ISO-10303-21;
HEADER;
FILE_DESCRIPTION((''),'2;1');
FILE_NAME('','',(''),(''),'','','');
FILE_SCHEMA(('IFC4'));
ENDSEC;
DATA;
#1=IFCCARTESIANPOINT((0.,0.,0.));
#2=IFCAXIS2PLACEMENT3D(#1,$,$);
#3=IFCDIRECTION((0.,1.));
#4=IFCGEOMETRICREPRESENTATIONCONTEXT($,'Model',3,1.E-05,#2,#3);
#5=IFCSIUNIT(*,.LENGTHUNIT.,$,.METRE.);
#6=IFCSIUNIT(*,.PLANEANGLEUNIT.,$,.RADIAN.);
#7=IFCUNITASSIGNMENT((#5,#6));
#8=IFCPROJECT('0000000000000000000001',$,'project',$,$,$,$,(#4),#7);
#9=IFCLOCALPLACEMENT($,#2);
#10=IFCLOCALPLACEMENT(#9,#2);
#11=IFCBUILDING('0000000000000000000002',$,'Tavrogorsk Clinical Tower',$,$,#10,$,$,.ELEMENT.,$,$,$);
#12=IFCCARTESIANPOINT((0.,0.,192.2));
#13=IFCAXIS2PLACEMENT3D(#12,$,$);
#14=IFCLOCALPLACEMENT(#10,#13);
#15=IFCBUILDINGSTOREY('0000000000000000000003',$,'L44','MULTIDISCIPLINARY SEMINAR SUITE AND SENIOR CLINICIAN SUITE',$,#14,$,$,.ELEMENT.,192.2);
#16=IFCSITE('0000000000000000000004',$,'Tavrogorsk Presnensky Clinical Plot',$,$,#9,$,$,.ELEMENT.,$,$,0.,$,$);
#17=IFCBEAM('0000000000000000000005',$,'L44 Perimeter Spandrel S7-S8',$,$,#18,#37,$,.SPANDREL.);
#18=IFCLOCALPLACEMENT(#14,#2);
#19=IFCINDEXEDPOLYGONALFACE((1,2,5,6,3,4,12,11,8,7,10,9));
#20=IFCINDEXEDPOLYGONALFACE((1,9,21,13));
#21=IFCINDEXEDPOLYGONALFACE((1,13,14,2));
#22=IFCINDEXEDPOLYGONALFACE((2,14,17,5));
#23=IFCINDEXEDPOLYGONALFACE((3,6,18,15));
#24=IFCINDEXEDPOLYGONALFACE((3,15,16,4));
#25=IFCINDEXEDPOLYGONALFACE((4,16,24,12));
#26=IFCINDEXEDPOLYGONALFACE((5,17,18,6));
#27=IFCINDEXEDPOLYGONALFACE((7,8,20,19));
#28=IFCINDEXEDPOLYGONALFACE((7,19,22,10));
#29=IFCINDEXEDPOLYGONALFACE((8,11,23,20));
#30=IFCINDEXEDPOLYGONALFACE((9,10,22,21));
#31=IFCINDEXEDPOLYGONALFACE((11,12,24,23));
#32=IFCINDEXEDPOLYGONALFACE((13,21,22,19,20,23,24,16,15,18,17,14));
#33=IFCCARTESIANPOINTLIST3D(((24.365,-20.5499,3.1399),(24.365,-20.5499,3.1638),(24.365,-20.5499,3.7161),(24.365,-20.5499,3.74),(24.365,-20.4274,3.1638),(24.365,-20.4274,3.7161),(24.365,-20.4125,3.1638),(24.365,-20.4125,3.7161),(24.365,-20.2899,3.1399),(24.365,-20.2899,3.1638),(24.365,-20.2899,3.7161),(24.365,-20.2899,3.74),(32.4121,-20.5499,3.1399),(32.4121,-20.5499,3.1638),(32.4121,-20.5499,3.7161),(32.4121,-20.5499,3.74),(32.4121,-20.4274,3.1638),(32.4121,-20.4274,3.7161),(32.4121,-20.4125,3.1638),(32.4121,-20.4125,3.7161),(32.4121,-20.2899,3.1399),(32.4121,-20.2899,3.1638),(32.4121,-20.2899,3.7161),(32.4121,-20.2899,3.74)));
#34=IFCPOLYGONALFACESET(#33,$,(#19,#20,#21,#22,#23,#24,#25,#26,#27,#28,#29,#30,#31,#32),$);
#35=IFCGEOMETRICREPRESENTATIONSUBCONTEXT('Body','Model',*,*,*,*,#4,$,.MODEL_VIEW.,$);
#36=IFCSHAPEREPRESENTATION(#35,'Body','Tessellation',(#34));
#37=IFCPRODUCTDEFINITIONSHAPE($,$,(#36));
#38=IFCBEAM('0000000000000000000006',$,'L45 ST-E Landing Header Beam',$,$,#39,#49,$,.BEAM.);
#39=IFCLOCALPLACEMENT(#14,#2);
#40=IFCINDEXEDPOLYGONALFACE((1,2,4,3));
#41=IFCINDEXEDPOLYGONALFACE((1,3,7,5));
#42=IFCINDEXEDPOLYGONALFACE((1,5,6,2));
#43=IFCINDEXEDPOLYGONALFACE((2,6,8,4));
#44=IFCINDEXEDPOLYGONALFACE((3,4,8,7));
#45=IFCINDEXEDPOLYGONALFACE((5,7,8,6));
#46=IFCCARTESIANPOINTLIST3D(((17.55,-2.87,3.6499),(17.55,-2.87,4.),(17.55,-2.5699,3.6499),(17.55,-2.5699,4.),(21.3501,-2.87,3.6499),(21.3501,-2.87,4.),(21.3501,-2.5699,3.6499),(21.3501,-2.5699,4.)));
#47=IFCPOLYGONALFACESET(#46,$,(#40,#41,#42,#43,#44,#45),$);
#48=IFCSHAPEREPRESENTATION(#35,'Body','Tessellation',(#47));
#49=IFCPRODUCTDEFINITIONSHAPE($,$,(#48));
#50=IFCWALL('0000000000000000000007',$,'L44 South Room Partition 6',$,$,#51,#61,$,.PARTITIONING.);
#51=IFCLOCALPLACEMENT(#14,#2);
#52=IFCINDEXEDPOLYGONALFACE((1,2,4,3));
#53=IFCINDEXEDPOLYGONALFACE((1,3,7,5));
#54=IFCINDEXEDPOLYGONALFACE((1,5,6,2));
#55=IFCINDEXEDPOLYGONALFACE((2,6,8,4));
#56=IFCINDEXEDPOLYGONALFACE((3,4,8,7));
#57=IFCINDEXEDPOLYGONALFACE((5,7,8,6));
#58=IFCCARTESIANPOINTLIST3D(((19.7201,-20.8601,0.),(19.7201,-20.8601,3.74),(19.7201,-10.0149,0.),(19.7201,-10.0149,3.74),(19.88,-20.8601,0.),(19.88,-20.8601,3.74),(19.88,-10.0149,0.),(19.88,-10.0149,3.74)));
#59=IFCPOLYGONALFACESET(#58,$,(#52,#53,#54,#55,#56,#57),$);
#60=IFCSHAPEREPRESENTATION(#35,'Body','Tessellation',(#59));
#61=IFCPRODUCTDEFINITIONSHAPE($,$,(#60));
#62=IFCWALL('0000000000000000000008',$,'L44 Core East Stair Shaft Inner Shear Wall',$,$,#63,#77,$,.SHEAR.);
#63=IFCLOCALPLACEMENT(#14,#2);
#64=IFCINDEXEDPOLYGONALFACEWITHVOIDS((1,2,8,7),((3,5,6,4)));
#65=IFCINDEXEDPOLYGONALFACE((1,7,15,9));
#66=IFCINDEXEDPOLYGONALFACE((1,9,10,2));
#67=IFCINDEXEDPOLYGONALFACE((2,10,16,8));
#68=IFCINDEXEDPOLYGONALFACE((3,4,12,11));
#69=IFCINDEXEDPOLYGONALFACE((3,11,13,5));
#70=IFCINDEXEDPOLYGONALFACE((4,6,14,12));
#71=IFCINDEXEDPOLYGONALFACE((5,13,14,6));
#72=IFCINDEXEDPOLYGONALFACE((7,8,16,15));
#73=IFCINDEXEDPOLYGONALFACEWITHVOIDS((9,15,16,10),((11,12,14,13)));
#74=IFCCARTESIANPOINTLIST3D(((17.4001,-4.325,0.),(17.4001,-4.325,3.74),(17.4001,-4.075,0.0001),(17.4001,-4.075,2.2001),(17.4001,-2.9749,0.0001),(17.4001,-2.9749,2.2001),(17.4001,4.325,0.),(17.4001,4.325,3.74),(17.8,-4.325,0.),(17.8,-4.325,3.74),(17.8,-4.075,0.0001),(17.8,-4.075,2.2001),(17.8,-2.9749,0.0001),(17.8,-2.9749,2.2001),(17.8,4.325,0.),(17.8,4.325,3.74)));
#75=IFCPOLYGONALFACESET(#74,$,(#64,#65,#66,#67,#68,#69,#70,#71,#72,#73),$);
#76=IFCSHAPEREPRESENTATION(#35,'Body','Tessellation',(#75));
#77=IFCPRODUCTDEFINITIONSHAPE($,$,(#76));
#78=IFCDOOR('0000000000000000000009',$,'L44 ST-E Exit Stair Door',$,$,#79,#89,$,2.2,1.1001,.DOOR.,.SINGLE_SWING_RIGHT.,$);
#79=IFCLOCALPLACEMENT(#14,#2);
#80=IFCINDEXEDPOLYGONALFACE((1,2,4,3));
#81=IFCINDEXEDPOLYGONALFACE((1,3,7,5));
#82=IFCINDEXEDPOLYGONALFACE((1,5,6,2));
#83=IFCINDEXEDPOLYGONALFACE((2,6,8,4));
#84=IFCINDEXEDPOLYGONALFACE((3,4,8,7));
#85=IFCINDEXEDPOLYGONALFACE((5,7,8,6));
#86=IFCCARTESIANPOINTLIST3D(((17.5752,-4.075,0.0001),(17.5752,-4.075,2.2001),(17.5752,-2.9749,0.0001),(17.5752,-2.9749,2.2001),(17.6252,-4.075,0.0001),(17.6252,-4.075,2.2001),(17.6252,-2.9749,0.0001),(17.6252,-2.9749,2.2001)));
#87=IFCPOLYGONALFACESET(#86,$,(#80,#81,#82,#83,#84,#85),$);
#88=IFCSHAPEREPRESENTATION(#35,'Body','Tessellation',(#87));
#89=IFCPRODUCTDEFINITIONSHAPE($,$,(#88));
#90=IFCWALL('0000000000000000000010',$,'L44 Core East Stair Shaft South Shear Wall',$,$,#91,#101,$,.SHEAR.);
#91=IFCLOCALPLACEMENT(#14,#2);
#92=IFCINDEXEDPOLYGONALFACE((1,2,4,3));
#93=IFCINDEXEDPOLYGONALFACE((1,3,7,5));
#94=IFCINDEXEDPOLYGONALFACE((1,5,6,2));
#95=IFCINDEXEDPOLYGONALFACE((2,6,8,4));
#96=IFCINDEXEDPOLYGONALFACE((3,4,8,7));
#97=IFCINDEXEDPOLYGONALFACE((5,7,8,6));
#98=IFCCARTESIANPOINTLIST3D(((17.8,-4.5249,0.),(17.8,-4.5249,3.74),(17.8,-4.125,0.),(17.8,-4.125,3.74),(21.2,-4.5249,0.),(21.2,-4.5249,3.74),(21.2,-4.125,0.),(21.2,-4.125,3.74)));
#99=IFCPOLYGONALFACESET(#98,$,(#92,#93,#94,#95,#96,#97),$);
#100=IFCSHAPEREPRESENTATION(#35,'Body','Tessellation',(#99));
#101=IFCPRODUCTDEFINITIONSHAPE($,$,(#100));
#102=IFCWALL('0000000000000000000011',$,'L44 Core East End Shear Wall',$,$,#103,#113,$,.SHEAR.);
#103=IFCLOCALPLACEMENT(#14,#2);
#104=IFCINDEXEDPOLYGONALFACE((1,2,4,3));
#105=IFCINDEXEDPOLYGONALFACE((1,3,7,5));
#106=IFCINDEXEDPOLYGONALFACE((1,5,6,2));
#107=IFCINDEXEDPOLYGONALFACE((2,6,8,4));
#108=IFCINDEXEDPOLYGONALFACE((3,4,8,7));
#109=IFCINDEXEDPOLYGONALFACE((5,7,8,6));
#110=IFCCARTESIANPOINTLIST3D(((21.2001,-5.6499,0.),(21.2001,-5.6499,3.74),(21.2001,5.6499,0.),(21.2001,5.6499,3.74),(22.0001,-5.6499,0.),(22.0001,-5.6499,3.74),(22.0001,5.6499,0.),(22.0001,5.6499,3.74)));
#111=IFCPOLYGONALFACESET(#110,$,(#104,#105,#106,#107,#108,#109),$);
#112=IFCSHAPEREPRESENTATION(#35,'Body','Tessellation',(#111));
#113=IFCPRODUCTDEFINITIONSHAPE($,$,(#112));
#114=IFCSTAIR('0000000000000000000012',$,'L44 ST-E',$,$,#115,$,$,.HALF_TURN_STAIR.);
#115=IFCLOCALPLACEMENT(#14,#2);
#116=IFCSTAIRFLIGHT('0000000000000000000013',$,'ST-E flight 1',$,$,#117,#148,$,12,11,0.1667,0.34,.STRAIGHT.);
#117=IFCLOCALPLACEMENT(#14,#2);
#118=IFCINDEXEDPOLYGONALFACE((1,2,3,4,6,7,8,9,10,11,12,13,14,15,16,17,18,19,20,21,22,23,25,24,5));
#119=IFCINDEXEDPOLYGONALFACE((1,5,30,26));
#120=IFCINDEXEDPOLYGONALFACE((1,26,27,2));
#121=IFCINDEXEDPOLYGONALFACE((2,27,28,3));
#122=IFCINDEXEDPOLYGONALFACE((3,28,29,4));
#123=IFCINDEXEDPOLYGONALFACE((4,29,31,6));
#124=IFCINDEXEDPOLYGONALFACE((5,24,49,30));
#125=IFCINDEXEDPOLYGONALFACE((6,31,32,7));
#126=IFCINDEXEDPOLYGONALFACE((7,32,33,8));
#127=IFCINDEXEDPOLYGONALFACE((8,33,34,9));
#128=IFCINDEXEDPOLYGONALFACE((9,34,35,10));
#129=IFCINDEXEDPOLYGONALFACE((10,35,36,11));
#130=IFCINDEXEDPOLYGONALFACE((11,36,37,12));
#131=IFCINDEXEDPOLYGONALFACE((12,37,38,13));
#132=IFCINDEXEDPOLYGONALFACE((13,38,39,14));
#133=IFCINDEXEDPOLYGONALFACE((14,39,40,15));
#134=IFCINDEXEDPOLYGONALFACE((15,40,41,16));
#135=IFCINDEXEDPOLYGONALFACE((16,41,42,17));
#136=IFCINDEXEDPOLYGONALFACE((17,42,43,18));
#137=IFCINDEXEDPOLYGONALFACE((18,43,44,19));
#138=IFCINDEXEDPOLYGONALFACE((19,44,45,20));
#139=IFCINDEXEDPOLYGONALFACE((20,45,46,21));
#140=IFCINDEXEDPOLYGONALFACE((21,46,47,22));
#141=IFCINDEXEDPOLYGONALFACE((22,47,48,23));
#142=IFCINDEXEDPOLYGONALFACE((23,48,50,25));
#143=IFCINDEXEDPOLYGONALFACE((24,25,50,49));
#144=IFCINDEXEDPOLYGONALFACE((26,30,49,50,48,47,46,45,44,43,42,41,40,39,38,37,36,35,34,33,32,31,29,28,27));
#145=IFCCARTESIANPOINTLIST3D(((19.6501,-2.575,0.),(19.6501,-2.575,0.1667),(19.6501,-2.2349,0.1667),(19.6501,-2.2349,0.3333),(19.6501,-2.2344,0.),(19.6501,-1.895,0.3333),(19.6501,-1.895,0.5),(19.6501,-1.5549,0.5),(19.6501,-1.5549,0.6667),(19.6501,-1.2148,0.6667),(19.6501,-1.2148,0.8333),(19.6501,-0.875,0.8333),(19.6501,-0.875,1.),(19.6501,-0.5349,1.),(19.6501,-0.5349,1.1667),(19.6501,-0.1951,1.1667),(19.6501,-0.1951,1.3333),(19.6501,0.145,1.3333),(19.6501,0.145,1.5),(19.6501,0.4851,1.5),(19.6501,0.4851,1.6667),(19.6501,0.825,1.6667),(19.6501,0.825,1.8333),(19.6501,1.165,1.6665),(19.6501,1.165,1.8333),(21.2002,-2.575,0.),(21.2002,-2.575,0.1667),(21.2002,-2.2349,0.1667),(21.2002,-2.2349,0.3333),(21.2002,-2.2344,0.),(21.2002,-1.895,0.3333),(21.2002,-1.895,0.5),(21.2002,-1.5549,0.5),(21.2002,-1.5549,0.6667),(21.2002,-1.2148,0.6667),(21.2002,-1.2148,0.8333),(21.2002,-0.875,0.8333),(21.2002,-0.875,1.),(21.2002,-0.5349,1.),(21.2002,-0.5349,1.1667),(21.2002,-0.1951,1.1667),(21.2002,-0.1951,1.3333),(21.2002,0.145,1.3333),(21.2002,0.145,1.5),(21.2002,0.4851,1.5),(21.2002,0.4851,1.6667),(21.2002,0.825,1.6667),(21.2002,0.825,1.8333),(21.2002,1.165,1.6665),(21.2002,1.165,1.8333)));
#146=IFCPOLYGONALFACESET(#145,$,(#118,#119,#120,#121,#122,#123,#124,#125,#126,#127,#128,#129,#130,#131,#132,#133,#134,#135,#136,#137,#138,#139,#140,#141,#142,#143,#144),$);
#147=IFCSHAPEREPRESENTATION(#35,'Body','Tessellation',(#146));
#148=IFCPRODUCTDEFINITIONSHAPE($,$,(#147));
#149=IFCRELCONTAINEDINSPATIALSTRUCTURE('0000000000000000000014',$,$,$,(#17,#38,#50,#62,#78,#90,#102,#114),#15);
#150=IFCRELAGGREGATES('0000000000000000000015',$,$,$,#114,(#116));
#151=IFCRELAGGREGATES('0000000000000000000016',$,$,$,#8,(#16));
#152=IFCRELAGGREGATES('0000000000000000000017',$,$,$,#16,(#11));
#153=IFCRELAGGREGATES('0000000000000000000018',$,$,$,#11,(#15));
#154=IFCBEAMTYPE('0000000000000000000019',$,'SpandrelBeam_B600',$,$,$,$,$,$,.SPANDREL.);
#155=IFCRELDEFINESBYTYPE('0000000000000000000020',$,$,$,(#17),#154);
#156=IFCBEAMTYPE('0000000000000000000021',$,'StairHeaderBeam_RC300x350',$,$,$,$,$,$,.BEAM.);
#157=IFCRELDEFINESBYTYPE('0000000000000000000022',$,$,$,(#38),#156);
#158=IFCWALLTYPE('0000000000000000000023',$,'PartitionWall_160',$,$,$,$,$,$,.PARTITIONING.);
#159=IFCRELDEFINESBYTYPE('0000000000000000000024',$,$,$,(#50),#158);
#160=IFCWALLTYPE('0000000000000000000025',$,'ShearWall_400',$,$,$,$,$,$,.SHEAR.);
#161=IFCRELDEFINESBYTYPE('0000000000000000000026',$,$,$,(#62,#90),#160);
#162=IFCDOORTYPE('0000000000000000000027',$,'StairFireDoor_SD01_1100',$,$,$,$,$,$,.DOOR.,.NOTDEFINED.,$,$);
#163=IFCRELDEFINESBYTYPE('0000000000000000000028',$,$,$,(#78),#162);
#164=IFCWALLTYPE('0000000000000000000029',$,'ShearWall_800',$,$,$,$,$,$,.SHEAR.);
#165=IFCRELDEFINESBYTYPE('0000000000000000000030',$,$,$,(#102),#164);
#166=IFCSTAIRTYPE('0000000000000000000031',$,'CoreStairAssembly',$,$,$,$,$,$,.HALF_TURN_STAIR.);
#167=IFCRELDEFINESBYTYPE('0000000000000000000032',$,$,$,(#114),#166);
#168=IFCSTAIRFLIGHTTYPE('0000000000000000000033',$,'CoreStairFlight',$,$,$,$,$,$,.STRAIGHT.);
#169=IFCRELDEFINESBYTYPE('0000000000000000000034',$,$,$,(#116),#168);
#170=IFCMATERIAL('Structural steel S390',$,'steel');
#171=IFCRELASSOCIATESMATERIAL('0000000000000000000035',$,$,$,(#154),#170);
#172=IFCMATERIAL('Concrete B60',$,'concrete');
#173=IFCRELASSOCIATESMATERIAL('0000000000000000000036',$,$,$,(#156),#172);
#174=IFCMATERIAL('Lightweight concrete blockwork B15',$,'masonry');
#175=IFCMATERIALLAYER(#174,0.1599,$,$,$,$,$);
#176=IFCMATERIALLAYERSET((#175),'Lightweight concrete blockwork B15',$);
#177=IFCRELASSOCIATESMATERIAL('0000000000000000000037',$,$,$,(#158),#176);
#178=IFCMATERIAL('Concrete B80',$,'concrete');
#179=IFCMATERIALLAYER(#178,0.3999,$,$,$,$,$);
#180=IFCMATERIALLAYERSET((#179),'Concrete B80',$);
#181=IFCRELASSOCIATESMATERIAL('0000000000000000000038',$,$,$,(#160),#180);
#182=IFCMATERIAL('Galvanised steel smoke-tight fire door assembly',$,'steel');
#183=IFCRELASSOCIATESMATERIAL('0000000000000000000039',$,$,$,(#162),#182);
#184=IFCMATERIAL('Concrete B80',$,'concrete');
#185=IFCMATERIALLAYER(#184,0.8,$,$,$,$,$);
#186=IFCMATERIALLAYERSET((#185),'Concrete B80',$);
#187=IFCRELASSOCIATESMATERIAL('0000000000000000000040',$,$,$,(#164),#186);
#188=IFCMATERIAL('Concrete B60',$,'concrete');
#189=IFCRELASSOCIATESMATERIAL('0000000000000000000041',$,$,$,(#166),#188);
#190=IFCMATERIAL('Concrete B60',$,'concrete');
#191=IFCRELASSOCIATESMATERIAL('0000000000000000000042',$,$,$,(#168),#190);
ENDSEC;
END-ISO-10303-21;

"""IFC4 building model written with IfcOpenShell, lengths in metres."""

from ifc_helpers import new_model, si_unit, direction, frame, frame_2d, origin, origin_2d, place, context, subcontext, project, spatial, polyline, rectangle, i_section, outline, extrude, material, layer, layer_set, material_profile, profile_set, type_object, element, fill, aggregate, save


model = new_model("IFC4")

# Units and contexts
model_context = context("Model", 3, precision=1e-05, world=origin(), true_north=direction((0.0, 1.0)))
body_context = subcontext(model_context, "Body", "Model", "MODEL_VIEW")
ifc_project = project(units=[si_unit("LENGTHUNIT", "METRE"), si_unit("PLANEANGLEUNIT", "RADIAN")], contexts=[model_context])

# Site, building, storey
site_placement = place(None, origin())
site = spatial("IfcSite", under=ifc_project, at=site_placement, Name="Tavrogorsk Presnensky Clinical Plot", CompositionType="ELEMENT", RefElevation=0.0)
building_placement = place(site_placement, origin())
building = spatial("IfcBuilding", under=site, at=building_placement, Name="Tavrogorsk Clinical Tower", CompositionType="ELEMENT")
storey_placement = place(building_placement, frame((0.0, 0.0, 192.2)))
storey = spatial("IfcBuildingStorey", under=building, at=storey_placement, Name="L44", Description="MULTIDISCIPLINARY SEMINAR SUITE AND SENIOR CLINICIAN SUITE", CompositionType="ELEMENT", Elevation=192.2)

# Beams
ifc_material_1 = material(Name="Structural steel S390", Category="steel")
ifc_material_profile_1 = material_profile(ifc_material_1, i_section(OverallWidth=0.26, OverallDepth=0.6001, WebThickness=0.0149, FlangeThickness=0.0239, at=origin_2d()), Name="B-600x260x15x24")
ifc_profile_set_1 = profile_set([ifc_material_profile_1], Name="Structural steel S390")
beam_type_1 = type_object("IfcBeamType", Name="SpandrelBeam_B600", PredefinedType="SPANDREL", material=ifc_profile_set_1)
beam_1_placement = place(storey_placement, frame((24.365, -20.4199, 3.4399), z_axis=(1.0, 0.0, 0.0), x_axis=(0.0, 1.0, 0.0)))
element("IfcBeam", 1, at=beam_1_placement, inside=storey, type_object=beam_type_1, Name="L44 Perimeter Spandrel S7-S8", PredefinedType="SPANDREL", context=body_context, shape_type="SweptSolid", body=[
    extrude(i_section(OverallWidth=0.26, OverallDepth=0.6001, WebThickness=0.0149, FlangeThickness=0.0239, at=origin_2d()), origin(), (0.0, 0.0, 1.0), 8.0471),
])
ifc_material_2 = material(Name="Concrete B60", Category="concrete")
ifc_material_profile_2 = material_profile(ifc_material_2, rectangle(XDim=0.3, YDim=0.3501, at=origin_2d()), Name="RC-SHB-300x350")
ifc_profile_set_2 = profile_set([ifc_material_profile_2], Name="Concrete B60")
beam_type_2 = type_object("IfcBeamType", Name="StairHeaderBeam_RC300x350", PredefinedType="BEAM", material=ifc_profile_set_2)
beam_2_placement = place(storey_placement, frame((17.55, -2.72, 3.825), z_axis=(1.0, 0.0, 0.0), x_axis=(0.0, 1.0, 0.0)))
element("IfcBeam", 2, at=beam_2_placement, inside=storey, type_object=beam_type_2, Name="L45 ST-E Landing Header Beam", PredefinedType="BEAM", context=body_context, shape_type="SweptSolid", body=[
    extrude(rectangle(XDim=0.3, YDim=0.3501, at=origin_2d()), origin(), (0.0, 0.0, 1.0), 3.8),
])

# Wall
ifc_material_3 = material(Name="Lightweight concrete blockwork B15", Category="masonry")
ifc_layer_1 = layer(ifc_material_3, 0.1599)
ifc_layer_set_1 = layer_set([ifc_layer_1], Name="Lightweight concrete blockwork B15")
wall_type_1 = type_object("IfcWallType", Name="PartitionWall_160", PredefinedType="PARTITIONING", material=ifc_layer_set_1)
wall_1_placement = place(storey_placement, frame((19.8, -20.8601, 0.0), z_axis=(0.0, 0.0, 1.0), x_axis=(0.0, 1.0, 0.0)))
element("IfcWall", 3, at=wall_1_placement, inside=storey, type_object=wall_type_1, Name="L44 South Room Partition 6", PredefinedType="PARTITIONING", context=body_context, shape_type="SweptSolid", body=[
    extrude(rectangle(XDim=10.8452, YDim=0.1599, at=frame_2d((5.4226, 0.0))), origin(), (0.0, 0.0, 1.0), 3.74),
])

# Wall, opening, door
ifc_material_4 = material(Name="Concrete B80", Category="concrete")
ifc_layer_2 = layer(ifc_material_4, 0.3999)
ifc_layer_set_2 = layer_set([ifc_layer_2], Name="Concrete B80")
wall_type_2 = type_object("IfcWallType", Name="ShearWall_400", PredefinedType="SHEAR", material=ifc_layer_set_2)
wall_2_placement = place(storey_placement, frame((17.6001, -4.325, 0.0), z_axis=(0.0, 0.0, 1.0), x_axis=(0.0, 1.0, 0.0)))
wall_2 = element("IfcWall", 4, at=wall_2_placement, inside=storey, type_object=wall_type_2, Name="L44 Core East Stair Shaft Inner Shear Wall", PredefinedType="SHEAR", context=body_context, shape_type="SweptSolid", body=[
    extrude(rectangle(XDim=8.6499, YDim=0.3999, at=frame_2d((4.325, 0.0))), origin(), (0.0, 0.0, 1.0), 3.74),
])
opening_placement = place(wall_2_placement, frame((0.25, 0.0, 0.0)))
opening = element("IfcOpeningElement", 5, at=opening_placement, cuts=wall_2, PredefinedType="OPENING", context=body_context, shape_type="SweptSolid", body=[
    extrude(rectangle(XDim=1.1001, YDim=2.2, at=frame_2d((0.55, 1.1001))), frame((0.0, 0.21, 0.0), z_axis=(0.0, -1.0, 0.0), x_axis=(1.0, 0.0, 0.0)), (0.0, 0.0, 1.0), 0.4199),
])
ifc_material_5 = material(Name="Galvanised steel smoke-tight fire door assembly", Category="steel")
door_type = type_object("IfcDoorType", Name="StairFireDoor_SD01_1100", OperationType="NOTDEFINED", PredefinedType="DOOR", material=ifc_material_5)
door_placement = place(opening_placement, origin())
door = element("IfcDoor", 6, at=door_placement, inside=storey, type_object=door_type, Name="L44 ST-E Exit Stair Door", OperationType="SINGLE_SWING_RIGHT", OverallHeight=2.2, OverallWidth=1.1001, PredefinedType="DOOR", context=body_context, shape_type="SweptSolid", body=[
    extrude(rectangle(XDim=1.1001, YDim=2.2, at=frame_2d((0.55, 1.1001))), frame((0.0, 0.0249, 0.0), z_axis=(0.0, -1.0, 0.0), x_axis=(1.0, 0.0, 0.0)), (0.0, 0.0, 1.0), 0.05),
])
fill(opening, door)

# Walls
wall_3_placement = place(storey_placement, frame((17.8, -4.325, 0.0), z_axis=(0.0, 0.0, 1.0), x_axis=(1.0, 0.0, 0.0)))
element("IfcWall", 7, at=wall_3_placement, inside=storey, type_object=wall_type_2, Name="L44 Core East Stair Shaft South Shear Wall", PredefinedType="SHEAR", context=body_context, shape_type="SweptSolid", body=[
    extrude(rectangle(XDim=3.3999, YDim=0.3999, at=frame_2d((1.7, 0.0))), origin(), (0.0, 0.0, 1.0), 3.74),
])
ifc_material_6 = material(Name="Concrete B80", Category="concrete")
ifc_layer_3 = layer(ifc_material_6, 0.8)
ifc_layer_set_3 = layer_set([ifc_layer_3], Name="Concrete B80")
wall_type_3 = type_object("IfcWallType", Name="ShearWall_800", PredefinedType="SHEAR", material=ifc_layer_set_3)
wall_4_placement = place(storey_placement, frame((21.6001, -5.6499, 0.0), z_axis=(0.0, 0.0, 1.0), x_axis=(0.0, 1.0, 0.0)))
element("IfcWall", 8, at=wall_4_placement, inside=storey, type_object=wall_type_3, Name="L44 Core East End Shear Wall", PredefinedType="SHEAR", context=body_context, shape_type="SweptSolid", body=[
    extrude(rectangle(XDim=11.2998, YDim=0.8, at=frame_2d((5.6499, 0.0))), origin(), (0.0, 0.0, 1.0), 3.74),
])

# Stair, stair flight
ifc_material_7 = material(Name="Concrete B60", Category="concrete")
stair_type = type_object("IfcStairType", Name="CoreStairAssembly", PredefinedType="HALF_TURN_STAIR", material=ifc_material_7)
stair_placement = place(storey_placement, origin())
stair = element("IfcStair", 9, at=stair_placement, inside=storey, type_object=stair_type, Name="L44 ST-E", PredefinedType="HALF_TURN_STAIR")
ifc_material_8 = material(Name="Concrete B60", Category="concrete")
stair_flight_type = type_object("IfcStairFlightType", Name="CoreStairFlight", PredefinedType="STRAIGHT", material=ifc_material_8)
stair_flight_placement = place(storey_placement, frame((20.425, -2.575, 0.0), z_axis=(0.0, 0.0, 1.0), x_axis=(0.0, 1.0, 0.0)))
stair_flight = element("IfcStairFlight", 10, at=stair_flight_placement, type_object=stair_flight_type, Name="ST-E flight 1", NumberOfRisers=12, NumberOfTreads=11, PredefinedType="STRAIGHT", RiserHeight=0.1667, TreadLength=0.34, context=body_context, shape_type="SweptSolid", body=[
    extrude(outline(polyline([(0.0, 0.0), (0.0, 0.1667), (0.3401, 0.1667), (0.3401, 0.3333), (0.6799, 0.3333), (0.6799, 0.5), (1.02, 0.5), (1.02, 0.6667), (1.3601, 0.6667), (1.3601, 0.8333), (1.7, 0.8333), (1.7, 1.0), (2.04, 1.0), (2.04, 1.1667), (2.3799, 1.1667), (2.3799, 1.3333), (2.72, 1.3333), (2.72, 1.5), (3.0601, 1.5), (3.0601, 1.6667), (3.3999, 1.6667), (3.3999, 1.8333), (3.74, 1.8333), (3.74, 2.0), (3.74, 1.6665), (0.3406, 0.0), (0.0, 0.0)])), frame((0.0, 0.7749, 0.0), z_axis=(0.0, -1.0, 0.0), x_axis=(1.0, 0.0, 0.0)), (0.0, 0.0, 1.0), 1.55),
])
aggregate(stair, [stair_flight])

save(model, "model.ifc")
